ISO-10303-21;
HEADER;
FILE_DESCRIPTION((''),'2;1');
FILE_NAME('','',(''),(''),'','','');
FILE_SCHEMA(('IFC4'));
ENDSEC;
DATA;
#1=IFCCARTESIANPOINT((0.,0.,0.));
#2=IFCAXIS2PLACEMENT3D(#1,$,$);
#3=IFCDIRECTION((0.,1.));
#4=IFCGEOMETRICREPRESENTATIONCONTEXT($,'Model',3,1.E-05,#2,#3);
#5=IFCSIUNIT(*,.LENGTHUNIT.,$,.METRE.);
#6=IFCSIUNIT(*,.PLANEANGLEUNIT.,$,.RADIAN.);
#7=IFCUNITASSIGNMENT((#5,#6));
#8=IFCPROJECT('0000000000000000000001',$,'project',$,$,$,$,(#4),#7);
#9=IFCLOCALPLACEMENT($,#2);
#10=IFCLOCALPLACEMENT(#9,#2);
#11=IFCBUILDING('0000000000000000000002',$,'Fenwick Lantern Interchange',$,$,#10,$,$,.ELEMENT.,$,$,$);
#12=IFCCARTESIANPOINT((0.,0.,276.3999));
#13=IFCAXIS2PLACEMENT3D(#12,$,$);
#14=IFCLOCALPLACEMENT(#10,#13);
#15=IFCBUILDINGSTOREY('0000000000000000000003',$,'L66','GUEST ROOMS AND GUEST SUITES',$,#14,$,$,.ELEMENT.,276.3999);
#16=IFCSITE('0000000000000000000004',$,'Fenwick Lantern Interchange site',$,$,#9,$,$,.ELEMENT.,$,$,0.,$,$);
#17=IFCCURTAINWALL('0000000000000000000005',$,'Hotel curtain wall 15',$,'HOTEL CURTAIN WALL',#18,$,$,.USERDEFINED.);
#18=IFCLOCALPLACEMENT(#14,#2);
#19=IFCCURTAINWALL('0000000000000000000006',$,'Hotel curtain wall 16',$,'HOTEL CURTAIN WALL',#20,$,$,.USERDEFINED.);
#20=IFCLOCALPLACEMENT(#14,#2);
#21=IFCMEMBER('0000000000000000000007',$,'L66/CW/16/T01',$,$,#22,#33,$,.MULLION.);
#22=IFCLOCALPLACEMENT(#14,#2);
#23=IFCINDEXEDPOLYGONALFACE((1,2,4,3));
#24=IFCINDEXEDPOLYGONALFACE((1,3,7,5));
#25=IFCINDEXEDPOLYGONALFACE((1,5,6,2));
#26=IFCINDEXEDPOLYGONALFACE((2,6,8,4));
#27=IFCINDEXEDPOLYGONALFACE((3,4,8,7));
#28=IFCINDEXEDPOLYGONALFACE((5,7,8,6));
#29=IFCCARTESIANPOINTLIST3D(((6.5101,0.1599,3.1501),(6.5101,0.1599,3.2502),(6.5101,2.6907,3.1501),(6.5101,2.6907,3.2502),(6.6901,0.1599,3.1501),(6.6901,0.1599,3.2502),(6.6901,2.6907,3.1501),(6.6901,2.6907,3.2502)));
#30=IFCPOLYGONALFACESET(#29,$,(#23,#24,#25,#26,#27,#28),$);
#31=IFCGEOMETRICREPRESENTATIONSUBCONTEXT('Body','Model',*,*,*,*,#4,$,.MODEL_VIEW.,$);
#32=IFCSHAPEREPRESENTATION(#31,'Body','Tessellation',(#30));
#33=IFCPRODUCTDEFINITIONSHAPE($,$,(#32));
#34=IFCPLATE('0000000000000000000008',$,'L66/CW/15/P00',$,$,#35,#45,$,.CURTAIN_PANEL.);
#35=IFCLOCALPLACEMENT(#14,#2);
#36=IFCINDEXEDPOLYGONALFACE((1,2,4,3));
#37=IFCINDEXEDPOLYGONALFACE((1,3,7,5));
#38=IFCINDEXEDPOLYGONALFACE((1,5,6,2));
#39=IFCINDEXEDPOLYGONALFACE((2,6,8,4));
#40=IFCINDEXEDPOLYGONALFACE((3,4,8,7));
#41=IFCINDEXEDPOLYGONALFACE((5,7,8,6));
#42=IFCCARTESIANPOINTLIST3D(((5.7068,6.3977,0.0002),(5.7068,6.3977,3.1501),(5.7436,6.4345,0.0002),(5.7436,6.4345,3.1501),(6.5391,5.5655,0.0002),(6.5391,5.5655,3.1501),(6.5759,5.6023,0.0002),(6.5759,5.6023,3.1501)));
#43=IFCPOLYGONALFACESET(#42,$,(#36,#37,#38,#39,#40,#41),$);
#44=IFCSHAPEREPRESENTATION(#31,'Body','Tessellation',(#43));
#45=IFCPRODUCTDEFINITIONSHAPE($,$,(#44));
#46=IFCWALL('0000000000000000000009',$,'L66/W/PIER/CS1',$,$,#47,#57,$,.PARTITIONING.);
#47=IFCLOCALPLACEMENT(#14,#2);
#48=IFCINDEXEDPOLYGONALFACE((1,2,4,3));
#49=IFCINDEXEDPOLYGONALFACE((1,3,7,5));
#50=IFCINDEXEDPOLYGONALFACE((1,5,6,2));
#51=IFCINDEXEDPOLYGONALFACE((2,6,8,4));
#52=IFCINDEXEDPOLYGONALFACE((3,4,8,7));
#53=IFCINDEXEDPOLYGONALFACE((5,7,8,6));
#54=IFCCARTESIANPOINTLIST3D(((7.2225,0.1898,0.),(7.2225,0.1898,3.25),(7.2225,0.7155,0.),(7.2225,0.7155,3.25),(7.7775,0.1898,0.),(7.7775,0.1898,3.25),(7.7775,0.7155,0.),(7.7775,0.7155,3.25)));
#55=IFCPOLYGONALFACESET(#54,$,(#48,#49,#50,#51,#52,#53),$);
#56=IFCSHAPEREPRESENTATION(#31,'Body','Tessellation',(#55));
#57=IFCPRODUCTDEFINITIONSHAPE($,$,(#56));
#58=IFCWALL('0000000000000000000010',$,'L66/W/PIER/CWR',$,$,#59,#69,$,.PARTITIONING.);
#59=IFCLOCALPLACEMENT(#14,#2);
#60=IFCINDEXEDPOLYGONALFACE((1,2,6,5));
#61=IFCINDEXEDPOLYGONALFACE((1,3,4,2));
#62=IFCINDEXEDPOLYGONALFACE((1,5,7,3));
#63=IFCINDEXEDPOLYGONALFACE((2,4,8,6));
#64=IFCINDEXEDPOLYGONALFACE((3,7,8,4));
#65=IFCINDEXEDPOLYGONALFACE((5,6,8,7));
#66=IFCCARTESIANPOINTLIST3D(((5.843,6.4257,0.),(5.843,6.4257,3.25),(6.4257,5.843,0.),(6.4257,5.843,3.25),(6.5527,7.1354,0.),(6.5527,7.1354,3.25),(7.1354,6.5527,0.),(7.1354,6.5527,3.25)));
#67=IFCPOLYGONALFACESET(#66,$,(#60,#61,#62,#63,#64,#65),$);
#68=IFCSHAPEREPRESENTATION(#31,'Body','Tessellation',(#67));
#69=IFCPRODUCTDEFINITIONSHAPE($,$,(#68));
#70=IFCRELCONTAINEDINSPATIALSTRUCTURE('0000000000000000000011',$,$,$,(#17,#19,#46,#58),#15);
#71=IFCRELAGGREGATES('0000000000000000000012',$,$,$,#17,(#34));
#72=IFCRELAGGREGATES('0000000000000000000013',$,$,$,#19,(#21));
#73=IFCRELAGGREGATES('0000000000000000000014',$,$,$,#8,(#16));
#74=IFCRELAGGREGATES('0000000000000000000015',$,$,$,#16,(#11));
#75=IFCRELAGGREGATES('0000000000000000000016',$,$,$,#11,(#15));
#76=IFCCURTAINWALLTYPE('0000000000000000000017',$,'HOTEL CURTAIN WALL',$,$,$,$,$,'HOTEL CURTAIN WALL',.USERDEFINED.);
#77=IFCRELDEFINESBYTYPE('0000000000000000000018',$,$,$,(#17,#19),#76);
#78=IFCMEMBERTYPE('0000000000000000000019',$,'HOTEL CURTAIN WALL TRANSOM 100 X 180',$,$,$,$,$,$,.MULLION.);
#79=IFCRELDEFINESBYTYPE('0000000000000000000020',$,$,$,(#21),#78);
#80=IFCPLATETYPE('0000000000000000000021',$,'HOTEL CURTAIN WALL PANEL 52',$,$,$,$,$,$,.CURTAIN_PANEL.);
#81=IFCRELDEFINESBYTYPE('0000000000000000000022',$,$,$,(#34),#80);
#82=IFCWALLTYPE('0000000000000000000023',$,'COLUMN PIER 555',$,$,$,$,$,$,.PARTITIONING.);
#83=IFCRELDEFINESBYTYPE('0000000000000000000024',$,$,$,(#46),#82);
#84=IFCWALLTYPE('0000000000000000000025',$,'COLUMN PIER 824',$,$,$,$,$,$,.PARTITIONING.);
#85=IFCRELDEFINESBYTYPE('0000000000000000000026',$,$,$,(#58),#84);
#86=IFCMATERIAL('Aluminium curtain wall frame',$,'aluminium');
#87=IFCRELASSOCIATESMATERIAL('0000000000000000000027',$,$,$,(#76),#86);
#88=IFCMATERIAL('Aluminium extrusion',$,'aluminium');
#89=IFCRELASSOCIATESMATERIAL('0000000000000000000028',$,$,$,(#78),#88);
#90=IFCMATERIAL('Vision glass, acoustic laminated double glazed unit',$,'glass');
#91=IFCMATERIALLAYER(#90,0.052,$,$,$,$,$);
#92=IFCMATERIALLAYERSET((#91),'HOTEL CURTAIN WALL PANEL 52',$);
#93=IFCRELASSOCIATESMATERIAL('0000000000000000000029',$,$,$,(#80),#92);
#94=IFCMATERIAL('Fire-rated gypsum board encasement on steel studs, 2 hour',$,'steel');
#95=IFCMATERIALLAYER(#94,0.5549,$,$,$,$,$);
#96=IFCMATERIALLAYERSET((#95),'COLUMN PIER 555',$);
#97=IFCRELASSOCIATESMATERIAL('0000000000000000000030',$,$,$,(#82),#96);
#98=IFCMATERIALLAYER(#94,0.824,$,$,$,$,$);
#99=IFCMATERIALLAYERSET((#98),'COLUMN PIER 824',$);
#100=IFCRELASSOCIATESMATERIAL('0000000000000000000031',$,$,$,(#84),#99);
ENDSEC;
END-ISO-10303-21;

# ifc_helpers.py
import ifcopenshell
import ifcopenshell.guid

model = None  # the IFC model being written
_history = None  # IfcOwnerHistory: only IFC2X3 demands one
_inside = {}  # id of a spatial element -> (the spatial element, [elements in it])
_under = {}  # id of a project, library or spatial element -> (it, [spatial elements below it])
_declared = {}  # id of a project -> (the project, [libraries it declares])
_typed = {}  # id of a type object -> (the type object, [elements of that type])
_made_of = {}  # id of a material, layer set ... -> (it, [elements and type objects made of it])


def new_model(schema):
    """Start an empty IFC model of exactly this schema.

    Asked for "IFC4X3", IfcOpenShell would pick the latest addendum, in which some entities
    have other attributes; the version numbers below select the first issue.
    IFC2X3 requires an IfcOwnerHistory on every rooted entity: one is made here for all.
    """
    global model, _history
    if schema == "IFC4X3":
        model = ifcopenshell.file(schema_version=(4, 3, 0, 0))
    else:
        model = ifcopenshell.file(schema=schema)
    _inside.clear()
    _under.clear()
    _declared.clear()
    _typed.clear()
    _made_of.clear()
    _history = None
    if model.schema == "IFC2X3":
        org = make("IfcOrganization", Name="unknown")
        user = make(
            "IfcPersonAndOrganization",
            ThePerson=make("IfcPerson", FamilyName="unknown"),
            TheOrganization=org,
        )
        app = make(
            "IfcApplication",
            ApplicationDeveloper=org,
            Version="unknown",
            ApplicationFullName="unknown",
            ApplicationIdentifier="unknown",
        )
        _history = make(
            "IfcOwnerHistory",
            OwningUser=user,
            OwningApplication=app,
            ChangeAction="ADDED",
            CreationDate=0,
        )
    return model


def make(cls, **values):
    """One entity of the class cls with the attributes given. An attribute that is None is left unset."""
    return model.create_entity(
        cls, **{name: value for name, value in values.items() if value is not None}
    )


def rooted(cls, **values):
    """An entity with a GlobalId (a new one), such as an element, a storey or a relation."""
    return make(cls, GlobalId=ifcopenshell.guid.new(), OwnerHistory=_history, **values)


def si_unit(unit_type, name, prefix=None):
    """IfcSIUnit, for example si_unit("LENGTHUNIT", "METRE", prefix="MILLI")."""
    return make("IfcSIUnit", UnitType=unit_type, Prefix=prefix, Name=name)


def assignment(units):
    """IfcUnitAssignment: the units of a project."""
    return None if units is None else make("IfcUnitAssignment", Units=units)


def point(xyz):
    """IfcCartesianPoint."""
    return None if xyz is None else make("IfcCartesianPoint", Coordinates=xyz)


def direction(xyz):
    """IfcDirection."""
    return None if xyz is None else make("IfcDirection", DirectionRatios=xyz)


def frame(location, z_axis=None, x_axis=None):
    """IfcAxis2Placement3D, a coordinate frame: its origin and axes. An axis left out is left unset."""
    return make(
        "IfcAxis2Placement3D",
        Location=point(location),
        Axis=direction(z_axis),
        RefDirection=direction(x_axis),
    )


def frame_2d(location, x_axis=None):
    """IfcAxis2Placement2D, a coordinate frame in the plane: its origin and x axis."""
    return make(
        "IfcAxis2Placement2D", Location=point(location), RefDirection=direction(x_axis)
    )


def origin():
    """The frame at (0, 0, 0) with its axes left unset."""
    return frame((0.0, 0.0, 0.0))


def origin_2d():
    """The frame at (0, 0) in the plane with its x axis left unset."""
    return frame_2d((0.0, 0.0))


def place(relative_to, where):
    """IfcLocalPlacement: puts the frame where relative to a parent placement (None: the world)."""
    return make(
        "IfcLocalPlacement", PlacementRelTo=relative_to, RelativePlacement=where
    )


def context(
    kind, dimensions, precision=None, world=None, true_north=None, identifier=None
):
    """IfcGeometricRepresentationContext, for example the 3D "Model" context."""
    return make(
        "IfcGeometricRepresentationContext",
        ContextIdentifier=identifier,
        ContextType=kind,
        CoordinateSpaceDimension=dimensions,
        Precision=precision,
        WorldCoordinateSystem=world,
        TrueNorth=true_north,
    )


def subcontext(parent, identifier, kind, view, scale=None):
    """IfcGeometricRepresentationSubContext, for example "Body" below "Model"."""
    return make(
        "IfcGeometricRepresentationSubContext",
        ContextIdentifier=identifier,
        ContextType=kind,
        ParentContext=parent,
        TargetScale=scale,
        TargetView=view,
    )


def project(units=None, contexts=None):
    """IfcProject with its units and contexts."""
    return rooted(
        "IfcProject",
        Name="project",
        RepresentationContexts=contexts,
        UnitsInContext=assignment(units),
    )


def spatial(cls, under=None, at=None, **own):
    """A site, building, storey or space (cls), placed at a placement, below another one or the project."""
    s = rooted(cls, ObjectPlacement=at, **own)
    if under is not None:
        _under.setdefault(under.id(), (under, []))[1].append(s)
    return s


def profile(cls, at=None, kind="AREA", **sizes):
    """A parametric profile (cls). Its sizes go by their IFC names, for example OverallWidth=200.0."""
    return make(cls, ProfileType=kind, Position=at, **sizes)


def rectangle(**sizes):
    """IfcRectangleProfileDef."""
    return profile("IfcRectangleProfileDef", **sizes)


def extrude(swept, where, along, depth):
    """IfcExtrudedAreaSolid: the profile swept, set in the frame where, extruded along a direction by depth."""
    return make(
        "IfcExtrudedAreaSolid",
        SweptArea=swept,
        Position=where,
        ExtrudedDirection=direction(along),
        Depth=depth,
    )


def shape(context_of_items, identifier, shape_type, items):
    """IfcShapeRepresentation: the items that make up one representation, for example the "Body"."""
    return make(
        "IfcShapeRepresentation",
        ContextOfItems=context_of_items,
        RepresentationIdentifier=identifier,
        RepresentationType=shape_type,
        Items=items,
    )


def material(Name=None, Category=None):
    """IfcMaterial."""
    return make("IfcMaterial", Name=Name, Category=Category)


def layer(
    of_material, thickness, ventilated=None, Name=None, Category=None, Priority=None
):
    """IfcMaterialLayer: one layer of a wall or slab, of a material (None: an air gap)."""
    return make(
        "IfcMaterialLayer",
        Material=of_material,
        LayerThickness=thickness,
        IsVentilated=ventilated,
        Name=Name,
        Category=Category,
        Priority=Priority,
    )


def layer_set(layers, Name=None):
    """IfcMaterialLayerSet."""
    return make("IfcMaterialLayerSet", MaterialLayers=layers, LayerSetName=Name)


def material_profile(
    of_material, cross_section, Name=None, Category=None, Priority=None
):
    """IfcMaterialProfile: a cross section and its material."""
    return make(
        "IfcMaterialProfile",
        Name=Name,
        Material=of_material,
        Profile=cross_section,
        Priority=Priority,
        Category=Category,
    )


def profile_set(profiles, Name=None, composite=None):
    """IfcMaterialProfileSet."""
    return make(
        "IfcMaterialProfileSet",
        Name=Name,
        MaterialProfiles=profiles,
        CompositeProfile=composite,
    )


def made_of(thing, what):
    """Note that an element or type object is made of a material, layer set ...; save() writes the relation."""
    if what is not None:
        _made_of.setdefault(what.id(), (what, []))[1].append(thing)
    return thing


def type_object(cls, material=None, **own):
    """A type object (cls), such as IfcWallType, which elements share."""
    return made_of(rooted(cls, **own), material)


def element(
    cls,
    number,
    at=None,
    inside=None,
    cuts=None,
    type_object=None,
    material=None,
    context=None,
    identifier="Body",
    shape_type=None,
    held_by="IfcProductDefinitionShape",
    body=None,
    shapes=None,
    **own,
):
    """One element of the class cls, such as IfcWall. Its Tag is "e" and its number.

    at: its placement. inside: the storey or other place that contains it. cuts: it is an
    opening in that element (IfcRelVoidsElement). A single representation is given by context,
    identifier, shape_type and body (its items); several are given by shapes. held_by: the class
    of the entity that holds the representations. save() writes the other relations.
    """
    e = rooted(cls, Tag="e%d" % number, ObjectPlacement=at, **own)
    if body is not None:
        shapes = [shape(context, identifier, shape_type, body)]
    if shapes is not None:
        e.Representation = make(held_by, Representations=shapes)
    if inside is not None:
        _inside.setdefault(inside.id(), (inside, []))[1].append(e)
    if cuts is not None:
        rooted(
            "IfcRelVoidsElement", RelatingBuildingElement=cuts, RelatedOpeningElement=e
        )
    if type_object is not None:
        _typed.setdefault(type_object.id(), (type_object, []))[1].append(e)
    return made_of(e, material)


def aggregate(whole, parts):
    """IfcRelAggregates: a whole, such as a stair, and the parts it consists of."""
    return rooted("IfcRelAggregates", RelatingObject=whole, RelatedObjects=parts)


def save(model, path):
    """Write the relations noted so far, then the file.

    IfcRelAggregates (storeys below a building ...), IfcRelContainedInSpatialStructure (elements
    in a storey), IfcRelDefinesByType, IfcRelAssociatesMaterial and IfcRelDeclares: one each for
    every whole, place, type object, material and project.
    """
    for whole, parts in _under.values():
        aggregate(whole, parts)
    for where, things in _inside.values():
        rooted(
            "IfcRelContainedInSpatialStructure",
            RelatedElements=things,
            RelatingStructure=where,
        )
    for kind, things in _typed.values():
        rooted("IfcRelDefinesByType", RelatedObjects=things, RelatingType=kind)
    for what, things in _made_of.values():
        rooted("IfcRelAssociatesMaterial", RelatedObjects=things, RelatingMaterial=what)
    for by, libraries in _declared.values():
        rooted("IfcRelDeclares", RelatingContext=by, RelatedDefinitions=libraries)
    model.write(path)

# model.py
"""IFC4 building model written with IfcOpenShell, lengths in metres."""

from ifc_helpers import new_model, si_unit, direction, frame, frame_2d, origin, origin_2d, place, context, subcontext, project, spatial, rectangle, extrude, material, layer, layer_set, material_profile, profile_set, type_object, element, aggregate, save


model = new_model("IFC4")

# Units and contexts
model_context = context("Model", 3, precision=1e-05, world=origin(), true_north=direction((0.0, 1.0)))
body_context = subcontext(model_context, "Body", "Model", "MODEL_VIEW")
ifc_project = project(units=[si_unit("LENGTHUNIT", "METRE"), si_unit("PLANEANGLEUNIT", "RADIAN")], contexts=[model_context])

# Site, building, storey
site_placement = place(None, origin())
site = spatial("IfcSite", under=ifc_project, at=site_placement, Name="Fenwick Lantern Interchange site", CompositionType="ELEMENT", RefElevation=0.0)
building_placement = place(site_placement, origin())
building = spatial("IfcBuilding", under=site, at=building_placement, Name="Fenwick Lantern Interchange", CompositionType="ELEMENT")
storey_placement = place(building_placement, frame((0.0, 0.0, 276.3999)))
storey = spatial("IfcBuildingStorey", under=building, at=storey_placement, Name="L66", Description="GUEST ROOMS AND GUEST SUITES", CompositionType="ELEMENT", Elevation=276.3999)

# Curtain walls
ifc_material_1 = material(Name="Aluminium curtain wall frame", Category="aluminium")
curtain_wall_type = type_object("IfcCurtainWallType", Name="HOTEL CURTAIN WALL", ElementType="HOTEL CURTAIN WALL", PredefinedType="USERDEFINED", material=ifc_material_1)
ifc_material_2 = material(Name="Aluminium extrusion", Category="aluminium")
curtain_wall_1_placement = place(storey_placement, origin())
curtain_wall_1 = element("IfcCurtainWall", 1, at=curtain_wall_1_placement, inside=storey, type_object=curtain_wall_type, Name="Hotel curtain wall 15", ObjectType="HOTEL CURTAIN WALL", PredefinedType="USERDEFINED")
curtain_wall_2_placement = place(storey_placement, origin())
curtain_wall_2 = element("IfcCurtainWall", 2, at=curtain_wall_2_placement, inside=storey, type_object=curtain_wall_type, Name="Hotel curtain wall 16", ObjectType="HOTEL CURTAIN WALL", PredefinedType="USERDEFINED")

# Member
ifc_material_profile_1 = material_profile(ifc_material_2, rectangle(XDim=0.1799, YDim=0.1001, at=origin_2d()), Name="HOTEL CURTAIN WALL TRANSOM 100 X 180")
ifc_profile_set_1 = profile_set([ifc_material_profile_1], Name="Aluminium extrusion")
member_type_1 = type_object("IfcMemberType", Name="HOTEL CURTAIN WALL TRANSOM 100 X 180", PredefinedType="MULLION", material=ifc_profile_set_1)
member_1_placement = place(storey_placement, frame((6.6001, 2.6907, 3.2002), z_axis=(0.0, -1.0, 0.0), x_axis=(1.0, 0.0, 0.0)))
member_1 = element("IfcMember", 3, at=member_1_placement, type_object=member_type_1, Name="L66/CW/16/T01", PredefinedType="MULLION", context=body_context, shape_type="SweptSolid", body=[
    extrude(rectangle(XDim=0.1799, YDim=0.1001, at=origin_2d()), origin(), (0.0, 0.0, 1.0), 2.5308),
])

# Plate
ifc_material_3 = material(Name="Vision glass, acoustic laminated double glazed unit", Category="glass")
ifc_layer_1 = layer(ifc_material_3, 0.052)
ifc_layer_set_1 = layer_set([ifc_layer_1], Name="HOTEL CURTAIN WALL PANEL 52")
plate_type = type_object("IfcPlateType", Name="HOTEL CURTAIN WALL PANEL 52", PredefinedType="CURTAIN_PANEL", material=ifc_layer_set_1)
plate_1_placement = place(storey_placement, frame((6.1414, 6.0, 0.0002), z_axis=(0.0, 0.0, 1.0), x_axis=(0.707107, -0.707107, 0.0)))
plate_1 = element("IfcPlate", 4, at=plate_1_placement, type_object=plate_type, Name="L66/CW/15/P00", PredefinedType="CURTAIN_PANEL", context=body_context, shape_type="SweptSolid", body=[
    extrude(rectangle(XDim=1.177, YDim=0.052, at=origin_2d()), origin(), (0.0, 0.0, 1.0), 3.1499),
])
aggregate(curtain_wall_1, [plate_1])
aggregate(curtain_wall_2, [member_1])

# Walls
ifc_material_4 = material(Name="Fire-rated gypsum board encasement on steel studs, 2 hour", Category="steel")
ifc_layer_2 = layer(ifc_material_4, 0.5549)
ifc_layer_set_2 = layer_set([ifc_layer_2], Name="COLUMN PIER 555")
wall_type_1 = type_object("IfcWallType", Name="COLUMN PIER 555", PredefinedType="PARTITIONING", material=ifc_layer_set_2)
wall_1_placement = place(storey_placement, frame((7.5, 0.1899, 0.0), z_axis=(0.0, 0.0, 1.0), x_axis=(0.0, 1.0, 0.0)))
element("IfcWall", 5, at=wall_1_placement, inside=storey, type_object=wall_type_1, Name="L66/W/PIER/CS1", PredefinedType="PARTITIONING", context=body_context, shape_type="SweptSolid", body=[
    extrude(rectangle(XDim=0.5256, YDim=0.5549, at=frame_2d((0.2627, 0.0))), origin(), (0.0, 0.0, 1.0), 3.25),
])
ifc_layer_3 = layer(ifc_material_4, 0.824)
ifc_layer_set_3 = layer_set([ifc_layer_3], Name="COLUMN PIER 824")
wall_type_2 = type_object("IfcWallType", Name="COLUMN PIER 824", PredefinedType="PARTITIONING", material=ifc_layer_set_3)
wall_2_placement = place(storey_placement, frame((6.1343, 6.1343, 0.0), z_axis=(0.0, 0.0, 1.0), x_axis=(0.707107, 0.707107, 0.0)))
element("IfcWall", 6, at=wall_2_placement, inside=storey, type_object=wall_type_2, Name="L66/W/PIER/CWR", PredefinedType="PARTITIONING", context=body_context, shape_type="SweptSolid", body=[
    extrude(rectangle(XDim=1.0037, YDim=0.824, at=frame_2d((0.502, 0.0))), origin(), (0.0, 0.0, 1.0), 3.25),
])

save(model, "model.ifc")
